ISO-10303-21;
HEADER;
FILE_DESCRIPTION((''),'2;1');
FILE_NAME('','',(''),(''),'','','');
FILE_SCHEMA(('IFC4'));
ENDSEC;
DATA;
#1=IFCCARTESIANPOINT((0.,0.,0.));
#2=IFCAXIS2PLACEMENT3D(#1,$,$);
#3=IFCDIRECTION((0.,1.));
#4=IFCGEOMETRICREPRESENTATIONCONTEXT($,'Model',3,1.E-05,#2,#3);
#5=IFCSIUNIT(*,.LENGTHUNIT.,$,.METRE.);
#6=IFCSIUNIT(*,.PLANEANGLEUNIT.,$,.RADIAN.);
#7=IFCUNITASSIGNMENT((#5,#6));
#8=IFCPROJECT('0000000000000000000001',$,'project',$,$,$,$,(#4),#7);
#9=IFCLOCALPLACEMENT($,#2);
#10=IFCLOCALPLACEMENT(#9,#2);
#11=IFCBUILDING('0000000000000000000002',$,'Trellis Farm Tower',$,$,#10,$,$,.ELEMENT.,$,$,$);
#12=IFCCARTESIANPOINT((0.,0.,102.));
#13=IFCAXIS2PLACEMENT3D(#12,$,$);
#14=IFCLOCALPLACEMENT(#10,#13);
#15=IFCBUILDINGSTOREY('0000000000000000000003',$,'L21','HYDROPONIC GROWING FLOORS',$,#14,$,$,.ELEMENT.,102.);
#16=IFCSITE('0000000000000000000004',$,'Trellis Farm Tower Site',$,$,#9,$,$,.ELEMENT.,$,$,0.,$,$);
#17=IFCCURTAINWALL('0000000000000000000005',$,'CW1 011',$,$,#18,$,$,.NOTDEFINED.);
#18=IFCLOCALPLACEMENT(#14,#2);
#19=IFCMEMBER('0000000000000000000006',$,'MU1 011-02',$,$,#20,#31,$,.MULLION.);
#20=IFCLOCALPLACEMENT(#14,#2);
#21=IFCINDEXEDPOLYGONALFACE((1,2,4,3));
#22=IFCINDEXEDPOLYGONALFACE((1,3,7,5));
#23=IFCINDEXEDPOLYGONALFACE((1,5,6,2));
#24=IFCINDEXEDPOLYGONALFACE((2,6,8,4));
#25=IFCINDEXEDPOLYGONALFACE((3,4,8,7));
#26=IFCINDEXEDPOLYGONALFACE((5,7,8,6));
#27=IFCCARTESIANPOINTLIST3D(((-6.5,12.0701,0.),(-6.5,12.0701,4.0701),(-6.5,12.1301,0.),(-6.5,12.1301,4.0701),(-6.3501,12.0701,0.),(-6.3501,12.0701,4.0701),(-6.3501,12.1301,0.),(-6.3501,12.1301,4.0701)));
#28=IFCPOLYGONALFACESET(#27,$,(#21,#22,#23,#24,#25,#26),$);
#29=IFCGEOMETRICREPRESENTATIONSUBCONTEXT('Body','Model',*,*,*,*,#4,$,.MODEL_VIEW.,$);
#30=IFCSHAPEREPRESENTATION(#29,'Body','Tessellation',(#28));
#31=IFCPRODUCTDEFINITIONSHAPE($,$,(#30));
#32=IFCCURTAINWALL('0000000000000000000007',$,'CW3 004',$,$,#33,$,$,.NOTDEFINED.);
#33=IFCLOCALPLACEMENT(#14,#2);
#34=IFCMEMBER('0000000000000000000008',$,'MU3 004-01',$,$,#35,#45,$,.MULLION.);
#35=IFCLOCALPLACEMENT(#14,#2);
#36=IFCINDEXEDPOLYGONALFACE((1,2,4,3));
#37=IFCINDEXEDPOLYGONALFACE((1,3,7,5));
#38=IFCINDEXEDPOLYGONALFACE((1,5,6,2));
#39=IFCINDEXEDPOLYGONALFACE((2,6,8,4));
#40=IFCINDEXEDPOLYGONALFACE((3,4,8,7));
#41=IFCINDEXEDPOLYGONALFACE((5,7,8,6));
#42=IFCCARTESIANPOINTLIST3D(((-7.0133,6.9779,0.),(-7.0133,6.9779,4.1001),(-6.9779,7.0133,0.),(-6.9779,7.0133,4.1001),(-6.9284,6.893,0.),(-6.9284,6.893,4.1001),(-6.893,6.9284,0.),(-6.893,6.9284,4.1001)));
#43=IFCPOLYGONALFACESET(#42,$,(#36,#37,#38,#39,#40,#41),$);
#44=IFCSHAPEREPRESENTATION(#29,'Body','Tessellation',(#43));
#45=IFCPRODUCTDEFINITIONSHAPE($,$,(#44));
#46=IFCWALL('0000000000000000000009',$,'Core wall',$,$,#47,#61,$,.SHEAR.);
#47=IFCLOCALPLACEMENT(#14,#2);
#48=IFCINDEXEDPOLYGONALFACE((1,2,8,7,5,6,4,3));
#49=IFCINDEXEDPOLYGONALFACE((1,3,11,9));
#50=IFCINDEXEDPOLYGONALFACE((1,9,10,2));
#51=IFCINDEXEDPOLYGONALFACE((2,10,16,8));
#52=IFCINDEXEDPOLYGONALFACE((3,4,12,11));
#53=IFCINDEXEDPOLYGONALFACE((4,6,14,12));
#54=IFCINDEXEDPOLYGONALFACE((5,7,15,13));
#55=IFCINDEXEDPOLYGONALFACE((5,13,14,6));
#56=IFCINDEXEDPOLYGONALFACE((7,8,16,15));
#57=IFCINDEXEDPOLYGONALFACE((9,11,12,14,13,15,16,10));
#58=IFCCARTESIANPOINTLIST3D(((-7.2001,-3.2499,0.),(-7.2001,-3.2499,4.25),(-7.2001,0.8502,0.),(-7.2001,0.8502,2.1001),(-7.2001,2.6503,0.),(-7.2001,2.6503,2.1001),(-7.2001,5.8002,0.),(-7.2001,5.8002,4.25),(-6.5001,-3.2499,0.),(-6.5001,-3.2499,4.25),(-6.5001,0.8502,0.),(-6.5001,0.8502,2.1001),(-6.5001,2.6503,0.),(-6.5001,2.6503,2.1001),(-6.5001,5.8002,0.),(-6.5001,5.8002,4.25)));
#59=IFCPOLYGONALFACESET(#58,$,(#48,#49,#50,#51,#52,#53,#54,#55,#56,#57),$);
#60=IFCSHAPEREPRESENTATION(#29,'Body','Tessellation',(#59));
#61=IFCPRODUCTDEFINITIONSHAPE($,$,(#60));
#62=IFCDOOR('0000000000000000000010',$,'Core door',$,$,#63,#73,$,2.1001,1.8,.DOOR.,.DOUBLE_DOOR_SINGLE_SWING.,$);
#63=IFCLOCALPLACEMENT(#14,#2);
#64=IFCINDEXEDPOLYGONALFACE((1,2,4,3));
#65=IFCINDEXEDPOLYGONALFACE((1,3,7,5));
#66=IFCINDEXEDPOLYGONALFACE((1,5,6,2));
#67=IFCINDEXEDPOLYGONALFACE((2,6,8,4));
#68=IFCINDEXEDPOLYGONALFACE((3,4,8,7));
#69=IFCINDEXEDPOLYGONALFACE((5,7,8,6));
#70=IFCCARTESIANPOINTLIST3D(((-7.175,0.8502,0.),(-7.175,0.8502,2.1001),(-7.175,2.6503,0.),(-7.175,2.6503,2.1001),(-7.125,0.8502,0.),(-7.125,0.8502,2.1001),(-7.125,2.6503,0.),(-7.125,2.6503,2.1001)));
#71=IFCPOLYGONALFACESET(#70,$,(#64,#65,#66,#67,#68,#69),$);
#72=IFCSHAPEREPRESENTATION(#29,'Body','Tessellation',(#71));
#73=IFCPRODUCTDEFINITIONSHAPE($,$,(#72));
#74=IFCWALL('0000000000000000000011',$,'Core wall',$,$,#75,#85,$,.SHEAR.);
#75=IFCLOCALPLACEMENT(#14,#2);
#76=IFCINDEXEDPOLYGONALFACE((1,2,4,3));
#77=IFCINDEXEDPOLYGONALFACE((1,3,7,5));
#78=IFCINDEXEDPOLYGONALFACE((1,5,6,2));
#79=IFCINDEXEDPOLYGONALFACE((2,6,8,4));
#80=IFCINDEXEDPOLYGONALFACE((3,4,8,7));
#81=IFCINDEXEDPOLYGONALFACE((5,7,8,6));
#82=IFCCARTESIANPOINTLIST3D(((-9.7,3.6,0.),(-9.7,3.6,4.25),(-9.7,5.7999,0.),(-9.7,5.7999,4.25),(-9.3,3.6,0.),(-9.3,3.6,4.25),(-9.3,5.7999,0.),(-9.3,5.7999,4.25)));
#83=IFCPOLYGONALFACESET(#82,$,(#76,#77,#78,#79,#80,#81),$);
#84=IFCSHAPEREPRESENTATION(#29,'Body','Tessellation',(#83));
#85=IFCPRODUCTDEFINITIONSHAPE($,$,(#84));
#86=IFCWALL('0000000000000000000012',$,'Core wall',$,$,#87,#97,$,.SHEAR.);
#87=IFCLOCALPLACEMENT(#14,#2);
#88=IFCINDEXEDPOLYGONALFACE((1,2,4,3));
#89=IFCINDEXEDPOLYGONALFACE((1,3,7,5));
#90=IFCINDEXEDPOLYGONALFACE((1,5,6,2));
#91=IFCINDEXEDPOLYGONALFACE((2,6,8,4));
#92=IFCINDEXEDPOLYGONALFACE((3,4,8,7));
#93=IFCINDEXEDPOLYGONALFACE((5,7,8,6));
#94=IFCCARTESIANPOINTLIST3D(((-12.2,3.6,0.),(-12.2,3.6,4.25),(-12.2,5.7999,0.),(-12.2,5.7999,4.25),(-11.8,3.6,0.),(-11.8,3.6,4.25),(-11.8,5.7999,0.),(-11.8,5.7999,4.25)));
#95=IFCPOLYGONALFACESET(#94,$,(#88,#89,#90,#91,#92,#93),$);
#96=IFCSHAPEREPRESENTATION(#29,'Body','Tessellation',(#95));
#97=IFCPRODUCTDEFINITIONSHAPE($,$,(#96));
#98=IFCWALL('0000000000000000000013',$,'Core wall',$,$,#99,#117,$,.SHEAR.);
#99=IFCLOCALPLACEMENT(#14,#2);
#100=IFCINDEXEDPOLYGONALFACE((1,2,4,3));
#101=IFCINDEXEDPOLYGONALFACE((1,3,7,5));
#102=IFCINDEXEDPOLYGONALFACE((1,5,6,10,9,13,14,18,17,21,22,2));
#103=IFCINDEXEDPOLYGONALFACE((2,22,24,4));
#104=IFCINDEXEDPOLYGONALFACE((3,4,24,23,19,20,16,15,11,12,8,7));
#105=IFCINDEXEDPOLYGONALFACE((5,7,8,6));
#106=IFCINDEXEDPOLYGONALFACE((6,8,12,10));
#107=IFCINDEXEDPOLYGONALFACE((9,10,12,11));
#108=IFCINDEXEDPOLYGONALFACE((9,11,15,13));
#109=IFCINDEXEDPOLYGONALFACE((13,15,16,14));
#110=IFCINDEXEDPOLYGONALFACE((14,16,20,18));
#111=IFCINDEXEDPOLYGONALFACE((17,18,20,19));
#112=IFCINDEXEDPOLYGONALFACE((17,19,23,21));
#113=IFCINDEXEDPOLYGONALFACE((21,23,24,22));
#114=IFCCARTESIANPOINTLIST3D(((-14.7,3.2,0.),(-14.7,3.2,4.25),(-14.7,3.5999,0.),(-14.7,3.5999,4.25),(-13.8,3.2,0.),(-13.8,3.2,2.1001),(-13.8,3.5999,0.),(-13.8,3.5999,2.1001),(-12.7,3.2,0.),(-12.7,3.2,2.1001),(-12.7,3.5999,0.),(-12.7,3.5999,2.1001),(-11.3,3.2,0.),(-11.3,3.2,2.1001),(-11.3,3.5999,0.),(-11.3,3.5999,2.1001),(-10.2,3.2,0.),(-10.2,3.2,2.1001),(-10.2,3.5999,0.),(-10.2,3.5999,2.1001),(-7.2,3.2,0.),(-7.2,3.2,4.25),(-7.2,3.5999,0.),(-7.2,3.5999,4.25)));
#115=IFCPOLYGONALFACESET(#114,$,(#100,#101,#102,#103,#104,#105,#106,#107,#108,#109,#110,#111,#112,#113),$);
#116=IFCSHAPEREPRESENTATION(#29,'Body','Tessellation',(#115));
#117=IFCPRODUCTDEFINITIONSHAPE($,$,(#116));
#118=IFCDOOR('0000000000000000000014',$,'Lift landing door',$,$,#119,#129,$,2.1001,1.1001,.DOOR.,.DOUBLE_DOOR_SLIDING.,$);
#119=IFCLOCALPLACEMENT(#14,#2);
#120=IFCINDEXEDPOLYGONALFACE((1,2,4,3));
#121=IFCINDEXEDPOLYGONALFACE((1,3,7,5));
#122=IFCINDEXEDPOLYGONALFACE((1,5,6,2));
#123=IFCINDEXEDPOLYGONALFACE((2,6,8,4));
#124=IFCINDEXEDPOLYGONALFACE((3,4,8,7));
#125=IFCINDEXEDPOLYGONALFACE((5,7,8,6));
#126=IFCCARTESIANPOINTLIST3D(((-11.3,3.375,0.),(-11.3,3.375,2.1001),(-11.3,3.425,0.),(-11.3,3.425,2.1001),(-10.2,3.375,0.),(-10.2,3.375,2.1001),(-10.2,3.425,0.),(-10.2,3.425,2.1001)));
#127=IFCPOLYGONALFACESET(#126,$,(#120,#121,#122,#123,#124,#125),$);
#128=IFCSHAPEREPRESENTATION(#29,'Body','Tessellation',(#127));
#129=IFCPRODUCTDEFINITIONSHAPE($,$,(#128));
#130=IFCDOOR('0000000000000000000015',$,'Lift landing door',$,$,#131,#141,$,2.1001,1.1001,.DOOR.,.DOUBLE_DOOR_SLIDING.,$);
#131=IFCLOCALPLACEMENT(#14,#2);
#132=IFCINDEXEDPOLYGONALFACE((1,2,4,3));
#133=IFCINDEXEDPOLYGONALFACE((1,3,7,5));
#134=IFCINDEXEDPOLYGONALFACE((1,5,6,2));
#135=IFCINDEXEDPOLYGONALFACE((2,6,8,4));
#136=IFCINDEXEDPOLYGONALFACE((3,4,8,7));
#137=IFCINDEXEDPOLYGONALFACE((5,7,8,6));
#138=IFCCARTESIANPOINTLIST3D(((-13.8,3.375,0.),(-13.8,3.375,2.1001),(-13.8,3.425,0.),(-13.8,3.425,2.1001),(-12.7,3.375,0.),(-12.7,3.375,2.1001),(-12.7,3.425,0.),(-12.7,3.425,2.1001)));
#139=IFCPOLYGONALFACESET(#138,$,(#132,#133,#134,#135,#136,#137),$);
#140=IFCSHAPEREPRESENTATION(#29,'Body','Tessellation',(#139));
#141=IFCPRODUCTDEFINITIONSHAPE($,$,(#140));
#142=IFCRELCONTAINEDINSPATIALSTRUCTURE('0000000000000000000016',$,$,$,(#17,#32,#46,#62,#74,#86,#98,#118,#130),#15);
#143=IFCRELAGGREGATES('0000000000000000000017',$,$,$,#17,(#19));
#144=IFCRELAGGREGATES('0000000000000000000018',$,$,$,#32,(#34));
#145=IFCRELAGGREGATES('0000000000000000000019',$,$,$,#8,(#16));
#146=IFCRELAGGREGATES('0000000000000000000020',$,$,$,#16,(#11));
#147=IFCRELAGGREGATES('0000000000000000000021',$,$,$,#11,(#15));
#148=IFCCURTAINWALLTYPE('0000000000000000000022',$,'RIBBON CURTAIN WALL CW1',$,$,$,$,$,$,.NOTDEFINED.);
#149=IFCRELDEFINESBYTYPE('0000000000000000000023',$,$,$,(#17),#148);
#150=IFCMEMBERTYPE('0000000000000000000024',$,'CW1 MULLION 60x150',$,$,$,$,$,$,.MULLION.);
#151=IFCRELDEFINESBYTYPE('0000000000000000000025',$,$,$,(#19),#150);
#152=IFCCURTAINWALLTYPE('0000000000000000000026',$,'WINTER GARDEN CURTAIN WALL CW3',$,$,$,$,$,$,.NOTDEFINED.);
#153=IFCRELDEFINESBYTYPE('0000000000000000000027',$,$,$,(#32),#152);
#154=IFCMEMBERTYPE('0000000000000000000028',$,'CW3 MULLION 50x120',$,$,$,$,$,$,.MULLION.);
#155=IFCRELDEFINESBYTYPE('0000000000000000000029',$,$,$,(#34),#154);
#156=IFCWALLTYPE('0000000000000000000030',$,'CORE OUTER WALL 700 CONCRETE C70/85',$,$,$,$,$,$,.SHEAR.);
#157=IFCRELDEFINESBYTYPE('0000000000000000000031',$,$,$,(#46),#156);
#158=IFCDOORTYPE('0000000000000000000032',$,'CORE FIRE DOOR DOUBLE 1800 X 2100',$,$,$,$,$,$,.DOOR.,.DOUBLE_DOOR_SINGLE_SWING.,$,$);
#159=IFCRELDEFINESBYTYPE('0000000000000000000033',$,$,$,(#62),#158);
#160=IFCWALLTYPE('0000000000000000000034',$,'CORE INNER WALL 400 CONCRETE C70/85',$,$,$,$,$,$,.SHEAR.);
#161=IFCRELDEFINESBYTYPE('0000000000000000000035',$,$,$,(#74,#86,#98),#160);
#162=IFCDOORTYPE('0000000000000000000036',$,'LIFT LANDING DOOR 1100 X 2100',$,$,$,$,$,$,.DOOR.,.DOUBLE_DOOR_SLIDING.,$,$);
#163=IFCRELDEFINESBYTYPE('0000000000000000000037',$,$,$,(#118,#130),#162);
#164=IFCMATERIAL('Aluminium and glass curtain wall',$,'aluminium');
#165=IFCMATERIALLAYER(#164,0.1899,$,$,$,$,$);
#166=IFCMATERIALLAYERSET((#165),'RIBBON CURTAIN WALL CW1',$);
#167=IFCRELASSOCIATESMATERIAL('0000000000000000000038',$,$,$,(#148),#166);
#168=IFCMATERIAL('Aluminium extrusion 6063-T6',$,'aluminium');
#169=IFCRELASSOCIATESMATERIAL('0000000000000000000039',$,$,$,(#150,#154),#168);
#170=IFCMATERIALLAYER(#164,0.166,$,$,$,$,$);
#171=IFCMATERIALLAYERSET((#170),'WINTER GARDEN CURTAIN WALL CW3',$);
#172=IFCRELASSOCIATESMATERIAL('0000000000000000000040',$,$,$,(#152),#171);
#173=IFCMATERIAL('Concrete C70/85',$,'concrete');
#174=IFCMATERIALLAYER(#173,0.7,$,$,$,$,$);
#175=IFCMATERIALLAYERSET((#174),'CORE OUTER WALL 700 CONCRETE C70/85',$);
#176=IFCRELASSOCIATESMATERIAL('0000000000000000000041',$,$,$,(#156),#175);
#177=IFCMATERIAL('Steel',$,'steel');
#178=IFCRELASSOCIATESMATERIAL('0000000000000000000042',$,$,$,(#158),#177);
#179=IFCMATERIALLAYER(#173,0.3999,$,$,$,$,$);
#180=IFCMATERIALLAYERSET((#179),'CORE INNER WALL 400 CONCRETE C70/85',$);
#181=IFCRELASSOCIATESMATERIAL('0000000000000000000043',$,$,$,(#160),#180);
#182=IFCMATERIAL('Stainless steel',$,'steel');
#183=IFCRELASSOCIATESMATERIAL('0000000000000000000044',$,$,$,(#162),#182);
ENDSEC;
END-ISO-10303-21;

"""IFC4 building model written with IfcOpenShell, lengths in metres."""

from ifc_helpers import new_model, si_unit, direction, frame, frame_2d, origin, origin_2d, place, context, subcontext, project, spatial, rectangle, extrude, source, transform, mapped, material, layer, layer_set, material_profile, profile_set, type_object, element, fill, aggregate, save


model = new_model("IFC4")

# Units and contexts
model_context = context("Model", 3, precision=1e-05, world=origin(), true_north=direction((0.0, 1.0)))
body_context = subcontext(model_context, "Body", "Model", "MODEL_VIEW")
ifc_project = project(units=[si_unit("LENGTHUNIT", "METRE"), si_unit("PLANEANGLEUNIT", "RADIAN")], contexts=[model_context])

# Site, building, storey
site_placement = place(None, origin())
site = spatial("IfcSite", under=ifc_project, at=site_placement, Name="Trellis Farm Tower Site", CompositionType="ELEMENT", RefElevation=0.0)
building_placement = place(site_placement, origin())
building = spatial("IfcBuilding", under=site, at=building_placement, Name="Trellis Farm Tower", CompositionType="ELEMENT")
storey_placement = place(building_placement, frame((0.0, 0.0, 102.0)))
storey = spatial("IfcBuildingStorey", under=building, at=storey_placement, Name="L21", Description="HYDROPONIC GROWING FLOORS", CompositionType="ELEMENT", Elevation=102.0)

# Shared definitions
ifc_material_1 = material(Name="Aluminium and glass curtain wall", Category="aluminium")
ifc_layer_1 = layer(ifc_material_1, 0.1899)
ifc_layer_set_1 = layer_set([ifc_layer_1], Name="RIBBON CURTAIN WALL CW1")
curtain_wall_type_1 = type_object("IfcCurtainWallType", Name="RIBBON CURTAIN WALL CW1", PredefinedType="NOTDEFINED", material=ifc_layer_set_1)
placement = place(storey_placement, origin())
ifc_material_2 = material(Name="Aluminium extrusion 6063-T6", Category="aluminium")
ifc_material_profile_1 = material_profile(ifc_material_2, rectangle(XDim=0.0601, YDim=0.1499, at=origin_2d()), Name="MULLION 60x150")
ifc_profile_set_1 = profile_set([ifc_material_profile_1], Name="Aluminium extrusion 6063-T6")
member_type_1 = type_object("IfcMemberType", Name="CW1 MULLION 60x150", PredefinedType="MULLION", material=ifc_profile_set_1)
shared_shape_1 = source(origin(), body_context, "Body", "SweptSolid", [
    extrude(rectangle(XDim=0.0601, YDim=0.1499, at=origin_2d()), origin(), (0.0, 0.0, 1.0), 4.0701),
])

# Curtain wall, member
curtain_wall_1 = element("IfcCurtainWall", 1, at=placement, inside=storey, type_object=curtain_wall_type_1, Name="CW1 011", PredefinedType="NOTDEFINED")
member_1_placement = place(storey_placement, frame((-6.425, 12.1001, 0.0), z_axis=(0.0, 0.0, 1.0), x_axis=(0.0, -1.0, 0.0)))
member_1 = element("IfcMember", 2, at=member_1_placement, type_object=member_type_1, Name="MU1 011-02", PredefinedType="MULLION", context=body_context, shape_type="MappedRepresentation", body=[
    mapped(shared_shape_1, transform((0.0, 0.0, 0.0))),
])
aggregate(curtain_wall_1, [member_1])

# Curtain wall, member
ifc_layer_2 = layer(ifc_material_1, 0.166)
ifc_layer_set_2 = layer_set([ifc_layer_2], Name="WINTER GARDEN CURTAIN WALL CW3")
curtain_wall_type_2 = type_object("IfcCurtainWallType", Name="WINTER GARDEN CURTAIN WALL CW3", PredefinedType="NOTDEFINED", material=ifc_layer_set_2)
curtain_wall_2 = element("IfcCurtainWall", 3, at=placement, inside=storey, type_object=curtain_wall_type_2, Name="CW3 004", PredefinedType="NOTDEFINED")
ifc_material_profile_2 = material_profile(ifc_material_2, rectangle(XDim=0.05, YDim=0.1201, at=origin_2d()), Name="MULLION 50x120")
ifc_profile_set_2 = profile_set([ifc_material_profile_2], Name="Aluminium extrusion 6063-T6")
member_type_2 = type_object("IfcMemberType", Name="CW3 MULLION 50x120", PredefinedType="MULLION", material=ifc_profile_set_2)
shared_shape_2 = source(origin(), body_context, "Body", "SweptSolid", [
    extrude(rectangle(XDim=0.05, YDim=0.1201, at=origin_2d()), origin(), (0.0, 0.0, 1.0), 4.1001),
])
member_2_placement = place(storey_placement, frame((-6.9531, 6.9531, 0.0), z_axis=(0.0, 0.0, 1.0), x_axis=(-0.707107, -0.707107, 0.0)))
member_2 = element("IfcMember", 4, at=member_2_placement, type_object=member_type_2, Name="MU3 004-01", PredefinedType="MULLION", context=body_context, shape_type="MappedRepresentation", body=[
    mapped(shared_shape_2, transform((0.0, 0.0, 0.0))),
])
aggregate(curtain_wall_2, [member_2])

# Wall, opening, door
ifc_material_3 = material(Name="Concrete C70/85", Category="concrete")
ifc_layer_3 = layer(ifc_material_3, 0.7)
ifc_layer_set_3 = layer_set([ifc_layer_3], Name="CORE OUTER WALL 700 CONCRETE C70/85")
wall_type_1 = type_object("IfcWallType", Name="CORE OUTER WALL 700 CONCRETE C70/85", PredefinedType="SHEAR", material=ifc_layer_set_3)
shared_shape_3 = source(origin(), body_context, "Body", "SweptSolid", [
    extrude(rectangle(XDim=9.05, YDim=0.7, at=frame_2d((4.5249, 0.0))), origin(), (0.0, 0.0, 1.0), 4.25),
])
wall_1_placement = place(storey_placement, frame((-6.8501, 5.8, 0.0), z_axis=(0.0, 0.0, 1.0), x_axis=(0.0, -1.0, 0.0)))
wall_1 = element("IfcWall", 5, at=wall_1_placement, inside=storey, type_object=wall_type_1, Name="Core wall", PredefinedType="SHEAR", context=body_context, shape_type="MappedRepresentation", body=[
    mapped(shared_shape_3, transform((0.0, 0.0, 0.0))),
])
shared_shape_4 = source(origin(), body_context, "Body", "SweptSolid", [
    extrude(rectangle(XDim=1.8, YDim=2.1001, at=frame_2d((0.8999, 1.05))), frame((0.0, 0.3601, 0.0), z_axis=(0.0, -1.0, 0.0), x_axis=(1.0, 0.0, 0.0)), (0.0, 0.0, 1.0), 0.7202),
])
opening_1_placement = place(wall_1_placement, frame((3.1499, 0.0, 0.0)))
opening_1 = element("IfcOpeningElement", 6, at=opening_1_placement, cuts=wall_1, PredefinedType="OPENING", context=body_context, shape_type="MappedRepresentation", body=[
    mapped(shared_shape_4, transform((0.0, 0.0, 0.0))),
])
ifc_material_4 = material(Name="Steel", Category="steel")
door_type_1 = type_object("IfcDoorType", Name="CORE FIRE DOOR DOUBLE 1800 X 2100", OperationType="DOUBLE_DOOR_SINGLE_SWING", PredefinedType="DOOR", material=ifc_material_4)
shared_shape_5 = source(origin(), body_context, "Body", "SweptSolid", [
    extrude(rectangle(XDim=1.8, YDim=2.1001, at=frame_2d((0.8999, 1.05))), frame((0.0, -0.2749, 0.0), z_axis=(0.0, -1.0, 0.0), x_axis=(1.0, 0.0, 0.0)), (0.0, 0.0, 1.0), 0.05),
])
door_1_placement = place(opening_1_placement, origin())
door_1 = element("IfcDoor", 7, at=door_1_placement, inside=storey, type_object=door_type_1, Name="Core door", OperationType="DOUBLE_DOOR_SINGLE_SWING", OverallHeight=2.1001, OverallWidth=1.8, PredefinedType="DOOR", context=body_context, shape_type="MappedRepresentation", body=[
    mapped(shared_shape_5, transform((0.0, 0.0, 0.0))),
])
fill(opening_1, door_1)

# Walls
ifc_layer_4 = layer(ifc_material_3, 0.3999)
ifc_layer_set_4 = layer_set([ifc_layer_4], Name="CORE INNER WALL 400 CONCRETE C70/85")
wall_type_2 = type_object("IfcWallType", Name="CORE INNER WALL 400 CONCRETE C70/85", PredefinedType="SHEAR", material=ifc_layer_set_4)
shared_shape_6 = source(origin(), body_context, "Body", "SweptSolid", [
    extrude(rectangle(XDim=2.2, YDim=0.3999, at=frame_2d((1.1001, 0.0))), origin(), (0.0, 0.0, 1.0), 4.25),
])
for number, where, z_axis, x_axis, name in (
    (8, (-9.5, 5.8, 0.0), (0.0, 0.0, 1.0), (0.0, -1.0, 0.0), "Core wall"),
    (9, (-12.0, 5.8, 0.0), (0.0, 0.0, 1.0), (0.0, -1.0, 0.0), "Core wall"),
):
    element("IfcWall", number, at=place(storey_placement, frame(where, z_axis=z_axis, x_axis=x_axis)), inside=storey, type_object=wall_type_2, Name=name, PredefinedType="SHEAR", context=body_context, shape_type="MappedRepresentation", body=[
        mapped(shared_shape_6, transform((0.0, 0.0, 0.0))),
    ])

# Wall, openings, doors
shared_shape_7 = source(origin(), body_context, "Body", "SweptSolid", [
    extrude(rectangle(XDim=7.5, YDim=0.3999, at=frame_2d((3.75, 0.0))), origin(), (0.0, 0.0, 1.0), 4.25),
])
wall_2_placement = place(storey_placement, frame((-7.2, 3.3999, 0.0), z_axis=(0.0, 0.0, 1.0), x_axis=(-1.0, 0.0, 0.0)))
wall_2 = element("IfcWall", 10, at=wall_2_placement, inside=storey, type_object=wall_type_2, Name="Core wall", PredefinedType="SHEAR", context=body_context, shape_type="MappedRepresentation", body=[
    mapped(shared_shape_7, transform((0.0, 0.0, 0.0))),
])
shared_shape_8 = source(origin(), body_context, "Body", "SweptSolid", [
    extrude(rectangle(XDim=1.1001, YDim=2.1001, at=frame_2d((0.55, 1.05))), frame((0.0, 0.21, 0.0), z_axis=(0.0, -1.0, 0.0), x_axis=(1.0, 0.0, 0.0)), (0.0, 0.0, 1.0), 0.4199),
])
opening_2_placement = place(wall_2_placement, frame((3.0, 0.0, 0.0)))
opening_2 = element("IfcOpeningElement", 11, at=opening_2_placement, cuts=wall_2, PredefinedType="OPENING", context=body_context, shape_type="MappedRepresentation", body=[
    mapped(shared_shape_8, transform((0.0, 0.0, 0.0))),
])
opening_3_placement = place(wall_2_placement, frame((5.5, 0.0, 0.0)))
opening_3 = element("IfcOpeningElement", 12, at=opening_3_placement, cuts=wall_2, PredefinedType="OPENING", context=body_context, shape_type="MappedRepresentation", body=[
    mapped(shared_shape_8, transform((0.0, 0.0, 0.0))),
])
ifc_material_5 = material(Name="Stainless steel", Category="steel")
door_type_2 = type_object("IfcDoorType", Name="LIFT LANDING DOOR 1100 X 2100", OperationType="DOUBLE_DOOR_SLIDING", PredefinedType="DOOR", material=ifc_material_5)
shared_shape_9 = source(origin(), body_context, "Body", "SweptSolid", [
    extrude(rectangle(XDim=1.1001, YDim=2.1001, at=frame_2d((0.55, 1.05))), frame((0.0, 0.0249, 0.0), z_axis=(0.0, -1.0, 0.0), x_axis=(1.0, 0.0, 0.0)), (0.0, 0.0, 1.0), 0.05),
])
door_2_placement = place(opening_2_placement, origin())
door_2 = element("IfcDoor", 13, at=door_2_placement, inside=storey, type_object=door_type_2, Name="Lift landing door", OperationType="DOUBLE_DOOR_SLIDING", OverallHeight=2.1001, OverallWidth=1.1001, PredefinedType="DOOR", context=body_context, shape_type="MappedRepresentation", body=[
    mapped(shared_shape_9, transform((0.0, 0.0, 0.0))),
])
fill(opening_2, door_2)
door_3_placement = place(opening_3_placement, origin())
door_3 = element("IfcDoor", 14, at=door_3_placement, inside=storey, type_object=door_type_2, Name="Lift landing door", OperationType="DOUBLE_DOOR_SLIDING", OverallHeight=2.1001, OverallWidth=1.1001, PredefinedType="DOOR", context=body_context, shape_type="MappedRepresentation", body=[
    mapped(shared_shape_9, transform((0.0, 0.0, 0.0))),
])
fill(opening_3, door_3)

save(model, "model.ifc")
